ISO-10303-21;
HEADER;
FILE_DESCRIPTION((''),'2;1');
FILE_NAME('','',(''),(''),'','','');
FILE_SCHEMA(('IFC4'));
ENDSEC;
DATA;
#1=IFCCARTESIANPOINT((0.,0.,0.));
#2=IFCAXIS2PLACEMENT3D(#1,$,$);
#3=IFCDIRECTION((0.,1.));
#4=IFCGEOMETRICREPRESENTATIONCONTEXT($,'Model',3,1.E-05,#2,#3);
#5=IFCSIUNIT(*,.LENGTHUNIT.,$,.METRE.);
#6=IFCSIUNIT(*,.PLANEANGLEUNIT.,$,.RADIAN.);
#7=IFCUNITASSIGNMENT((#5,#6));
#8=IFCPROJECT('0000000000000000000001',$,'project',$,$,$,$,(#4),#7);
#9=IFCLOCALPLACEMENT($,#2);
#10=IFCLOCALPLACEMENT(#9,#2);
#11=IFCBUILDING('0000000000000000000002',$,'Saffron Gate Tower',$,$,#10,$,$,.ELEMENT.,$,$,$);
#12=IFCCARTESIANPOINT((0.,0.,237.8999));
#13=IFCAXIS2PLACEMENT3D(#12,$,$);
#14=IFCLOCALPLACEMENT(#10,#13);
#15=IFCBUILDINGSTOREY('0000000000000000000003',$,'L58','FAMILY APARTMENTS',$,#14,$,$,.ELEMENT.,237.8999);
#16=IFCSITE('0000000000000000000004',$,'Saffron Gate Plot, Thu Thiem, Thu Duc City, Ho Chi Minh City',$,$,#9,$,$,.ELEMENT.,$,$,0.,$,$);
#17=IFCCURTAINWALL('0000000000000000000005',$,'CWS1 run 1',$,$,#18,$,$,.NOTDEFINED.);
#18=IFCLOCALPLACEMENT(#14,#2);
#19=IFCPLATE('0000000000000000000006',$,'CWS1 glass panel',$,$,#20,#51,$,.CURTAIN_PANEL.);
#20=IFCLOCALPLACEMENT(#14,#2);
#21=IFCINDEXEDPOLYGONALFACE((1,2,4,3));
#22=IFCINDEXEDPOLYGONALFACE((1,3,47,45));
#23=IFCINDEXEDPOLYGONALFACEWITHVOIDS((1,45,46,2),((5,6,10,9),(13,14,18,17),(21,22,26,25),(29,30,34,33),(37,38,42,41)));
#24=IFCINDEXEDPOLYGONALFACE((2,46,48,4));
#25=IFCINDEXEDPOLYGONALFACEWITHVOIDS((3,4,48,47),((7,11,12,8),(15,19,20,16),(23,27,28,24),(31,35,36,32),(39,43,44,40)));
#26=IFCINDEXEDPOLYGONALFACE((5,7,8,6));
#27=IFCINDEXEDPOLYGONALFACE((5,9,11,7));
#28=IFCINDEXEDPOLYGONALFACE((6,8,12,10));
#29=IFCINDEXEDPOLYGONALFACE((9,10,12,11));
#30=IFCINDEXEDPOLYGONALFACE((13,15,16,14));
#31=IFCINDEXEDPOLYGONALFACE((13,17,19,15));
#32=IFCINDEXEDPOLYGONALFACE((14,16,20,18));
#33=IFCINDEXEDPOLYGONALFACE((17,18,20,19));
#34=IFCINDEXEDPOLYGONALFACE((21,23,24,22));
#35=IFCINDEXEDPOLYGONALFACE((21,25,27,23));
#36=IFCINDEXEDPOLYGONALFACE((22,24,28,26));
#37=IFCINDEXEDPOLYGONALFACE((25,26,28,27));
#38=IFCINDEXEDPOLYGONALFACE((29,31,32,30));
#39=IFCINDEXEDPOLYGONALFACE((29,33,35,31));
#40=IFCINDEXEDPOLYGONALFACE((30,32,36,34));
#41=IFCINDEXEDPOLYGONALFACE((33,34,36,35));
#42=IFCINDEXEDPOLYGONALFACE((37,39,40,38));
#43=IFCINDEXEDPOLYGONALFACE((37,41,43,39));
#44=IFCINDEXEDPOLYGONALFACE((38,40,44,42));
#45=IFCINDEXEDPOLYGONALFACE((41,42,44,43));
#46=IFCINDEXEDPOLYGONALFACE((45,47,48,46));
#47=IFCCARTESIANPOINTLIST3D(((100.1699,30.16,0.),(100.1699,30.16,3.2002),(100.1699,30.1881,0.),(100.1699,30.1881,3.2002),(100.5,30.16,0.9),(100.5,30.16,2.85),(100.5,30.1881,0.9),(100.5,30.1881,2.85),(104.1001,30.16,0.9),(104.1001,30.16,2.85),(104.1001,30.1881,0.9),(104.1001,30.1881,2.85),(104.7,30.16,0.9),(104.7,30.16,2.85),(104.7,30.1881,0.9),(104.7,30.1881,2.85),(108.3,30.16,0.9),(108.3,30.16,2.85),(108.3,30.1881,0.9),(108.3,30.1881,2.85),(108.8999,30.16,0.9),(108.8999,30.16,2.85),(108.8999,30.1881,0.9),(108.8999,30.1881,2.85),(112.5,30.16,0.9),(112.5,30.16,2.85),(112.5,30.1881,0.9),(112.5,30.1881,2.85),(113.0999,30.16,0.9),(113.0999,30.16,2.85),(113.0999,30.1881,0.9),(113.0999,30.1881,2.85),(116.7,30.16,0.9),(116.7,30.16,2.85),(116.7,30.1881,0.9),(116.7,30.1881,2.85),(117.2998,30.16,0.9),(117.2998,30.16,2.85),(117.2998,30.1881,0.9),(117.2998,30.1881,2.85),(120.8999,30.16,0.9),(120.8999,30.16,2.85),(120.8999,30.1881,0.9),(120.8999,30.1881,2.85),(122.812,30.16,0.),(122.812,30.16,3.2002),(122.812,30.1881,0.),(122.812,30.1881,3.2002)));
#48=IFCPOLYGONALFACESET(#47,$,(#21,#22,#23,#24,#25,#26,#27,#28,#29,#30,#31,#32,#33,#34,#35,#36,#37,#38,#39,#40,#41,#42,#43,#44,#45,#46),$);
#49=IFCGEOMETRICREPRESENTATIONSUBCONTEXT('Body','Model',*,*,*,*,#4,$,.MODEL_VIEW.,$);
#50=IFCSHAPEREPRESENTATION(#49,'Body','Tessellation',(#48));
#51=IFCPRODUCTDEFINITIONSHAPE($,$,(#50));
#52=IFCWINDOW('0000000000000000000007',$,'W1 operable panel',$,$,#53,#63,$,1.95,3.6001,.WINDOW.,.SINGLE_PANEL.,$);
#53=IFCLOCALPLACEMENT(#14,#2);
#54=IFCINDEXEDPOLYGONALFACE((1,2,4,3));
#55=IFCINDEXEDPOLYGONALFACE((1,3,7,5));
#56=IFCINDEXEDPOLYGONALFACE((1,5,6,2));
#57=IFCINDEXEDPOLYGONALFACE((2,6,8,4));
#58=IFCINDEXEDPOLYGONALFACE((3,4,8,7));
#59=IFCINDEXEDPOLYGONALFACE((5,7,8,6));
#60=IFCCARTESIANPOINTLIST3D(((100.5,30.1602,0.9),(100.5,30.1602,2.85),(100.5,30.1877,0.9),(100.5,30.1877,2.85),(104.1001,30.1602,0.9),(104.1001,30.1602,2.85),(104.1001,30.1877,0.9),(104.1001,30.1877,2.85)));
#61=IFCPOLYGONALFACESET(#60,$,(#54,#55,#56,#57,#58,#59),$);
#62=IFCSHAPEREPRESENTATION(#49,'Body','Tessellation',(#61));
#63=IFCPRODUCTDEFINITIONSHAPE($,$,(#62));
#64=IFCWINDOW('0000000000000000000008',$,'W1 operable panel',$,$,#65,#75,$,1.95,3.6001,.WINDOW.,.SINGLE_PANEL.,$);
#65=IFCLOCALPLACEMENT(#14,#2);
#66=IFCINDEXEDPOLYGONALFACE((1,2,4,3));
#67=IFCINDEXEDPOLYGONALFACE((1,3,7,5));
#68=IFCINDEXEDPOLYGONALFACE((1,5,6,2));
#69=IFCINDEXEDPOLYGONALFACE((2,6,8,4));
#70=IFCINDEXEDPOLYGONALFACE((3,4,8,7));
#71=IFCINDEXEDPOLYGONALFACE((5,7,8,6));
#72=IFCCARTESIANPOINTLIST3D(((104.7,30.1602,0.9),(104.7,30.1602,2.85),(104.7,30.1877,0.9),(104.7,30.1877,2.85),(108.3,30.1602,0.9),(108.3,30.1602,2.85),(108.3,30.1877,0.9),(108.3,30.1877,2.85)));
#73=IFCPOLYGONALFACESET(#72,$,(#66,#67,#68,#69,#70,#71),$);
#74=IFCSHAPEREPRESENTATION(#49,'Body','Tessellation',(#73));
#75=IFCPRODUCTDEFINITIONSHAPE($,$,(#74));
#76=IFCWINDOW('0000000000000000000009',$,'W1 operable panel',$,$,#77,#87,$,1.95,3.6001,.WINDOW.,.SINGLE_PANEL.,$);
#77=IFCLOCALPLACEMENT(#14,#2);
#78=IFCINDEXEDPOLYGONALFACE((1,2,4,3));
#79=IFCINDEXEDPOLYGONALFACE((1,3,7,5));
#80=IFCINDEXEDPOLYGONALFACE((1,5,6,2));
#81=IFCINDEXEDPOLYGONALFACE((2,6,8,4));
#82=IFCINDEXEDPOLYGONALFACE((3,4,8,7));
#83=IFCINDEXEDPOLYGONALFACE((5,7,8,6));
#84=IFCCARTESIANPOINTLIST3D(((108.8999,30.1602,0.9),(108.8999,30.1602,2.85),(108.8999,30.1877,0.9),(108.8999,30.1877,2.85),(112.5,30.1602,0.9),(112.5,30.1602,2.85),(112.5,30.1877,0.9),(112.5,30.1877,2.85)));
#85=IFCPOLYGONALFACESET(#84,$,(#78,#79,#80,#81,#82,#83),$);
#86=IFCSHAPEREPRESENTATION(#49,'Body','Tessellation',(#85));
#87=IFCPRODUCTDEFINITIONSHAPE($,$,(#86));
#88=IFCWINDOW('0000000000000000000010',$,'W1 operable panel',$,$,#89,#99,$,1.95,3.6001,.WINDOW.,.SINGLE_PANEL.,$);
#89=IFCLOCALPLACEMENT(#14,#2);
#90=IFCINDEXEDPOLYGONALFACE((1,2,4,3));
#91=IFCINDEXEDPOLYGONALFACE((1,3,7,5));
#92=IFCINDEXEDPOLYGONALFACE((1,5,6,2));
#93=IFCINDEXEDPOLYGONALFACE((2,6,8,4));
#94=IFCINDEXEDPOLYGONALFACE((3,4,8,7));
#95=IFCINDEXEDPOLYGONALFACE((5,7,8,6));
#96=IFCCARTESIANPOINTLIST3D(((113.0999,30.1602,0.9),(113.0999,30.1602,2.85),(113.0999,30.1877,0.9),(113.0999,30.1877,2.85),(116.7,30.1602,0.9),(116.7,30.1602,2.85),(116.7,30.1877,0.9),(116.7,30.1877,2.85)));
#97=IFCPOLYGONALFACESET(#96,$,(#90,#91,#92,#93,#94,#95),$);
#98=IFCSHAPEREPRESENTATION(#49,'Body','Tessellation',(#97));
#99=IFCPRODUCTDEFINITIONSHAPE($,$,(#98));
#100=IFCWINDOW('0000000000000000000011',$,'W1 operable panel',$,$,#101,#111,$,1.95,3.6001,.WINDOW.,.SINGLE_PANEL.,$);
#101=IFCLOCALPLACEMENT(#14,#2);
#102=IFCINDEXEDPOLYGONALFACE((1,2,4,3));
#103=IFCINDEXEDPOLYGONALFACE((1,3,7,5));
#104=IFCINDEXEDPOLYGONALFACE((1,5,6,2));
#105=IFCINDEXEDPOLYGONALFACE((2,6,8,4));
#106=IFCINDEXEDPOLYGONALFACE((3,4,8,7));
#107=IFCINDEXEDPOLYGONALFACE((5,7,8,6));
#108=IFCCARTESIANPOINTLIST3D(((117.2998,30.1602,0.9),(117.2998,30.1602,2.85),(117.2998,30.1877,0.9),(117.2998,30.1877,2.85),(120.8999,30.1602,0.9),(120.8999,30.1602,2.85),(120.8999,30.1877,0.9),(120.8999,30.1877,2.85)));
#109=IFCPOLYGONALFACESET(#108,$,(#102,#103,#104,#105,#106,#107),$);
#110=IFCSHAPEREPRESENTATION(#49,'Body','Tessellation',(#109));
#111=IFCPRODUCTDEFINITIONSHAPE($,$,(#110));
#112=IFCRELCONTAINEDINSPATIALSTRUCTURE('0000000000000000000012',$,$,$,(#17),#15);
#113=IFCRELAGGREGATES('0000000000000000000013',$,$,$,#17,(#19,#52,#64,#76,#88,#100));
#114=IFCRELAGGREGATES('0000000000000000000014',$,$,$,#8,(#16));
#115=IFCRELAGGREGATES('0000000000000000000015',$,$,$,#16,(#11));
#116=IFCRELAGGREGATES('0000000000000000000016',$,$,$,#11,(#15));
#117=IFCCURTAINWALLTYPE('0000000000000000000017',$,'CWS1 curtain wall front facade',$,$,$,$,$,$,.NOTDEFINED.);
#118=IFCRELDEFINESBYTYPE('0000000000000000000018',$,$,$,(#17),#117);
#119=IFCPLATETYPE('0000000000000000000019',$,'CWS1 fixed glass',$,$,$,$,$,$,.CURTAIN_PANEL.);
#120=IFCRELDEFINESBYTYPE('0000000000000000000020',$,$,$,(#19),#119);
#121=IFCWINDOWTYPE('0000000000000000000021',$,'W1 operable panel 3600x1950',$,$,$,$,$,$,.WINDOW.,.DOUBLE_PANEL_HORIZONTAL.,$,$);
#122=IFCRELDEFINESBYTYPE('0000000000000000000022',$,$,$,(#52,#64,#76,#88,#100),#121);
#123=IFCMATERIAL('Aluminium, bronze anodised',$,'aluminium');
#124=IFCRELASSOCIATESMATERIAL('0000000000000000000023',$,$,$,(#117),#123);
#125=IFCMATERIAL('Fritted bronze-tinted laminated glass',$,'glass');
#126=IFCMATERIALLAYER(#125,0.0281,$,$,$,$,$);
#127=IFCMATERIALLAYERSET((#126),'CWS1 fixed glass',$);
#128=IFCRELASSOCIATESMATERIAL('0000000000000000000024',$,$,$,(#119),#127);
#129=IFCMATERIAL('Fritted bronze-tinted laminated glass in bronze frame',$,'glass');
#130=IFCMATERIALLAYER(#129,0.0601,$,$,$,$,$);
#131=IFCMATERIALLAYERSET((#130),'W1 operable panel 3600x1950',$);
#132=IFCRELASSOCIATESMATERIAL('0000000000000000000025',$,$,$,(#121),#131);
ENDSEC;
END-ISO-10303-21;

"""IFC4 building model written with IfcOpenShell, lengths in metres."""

from ifc_helpers import new_model, si_unit, direction, frame, frame_2d, origin, place, context, subcontext, project, spatial, rectangle, extrude, material, layer, layer_set, type_object, element, fill, aggregate, save


model = new_model("IFC4")

# Units and contexts
model_context = context("Model", 3, precision=1e-05, world=origin(), true_north=direction((0.0, 1.0)))
body_context = subcontext(model_context, "Body", "Model", "MODEL_VIEW")
ifc_project = project(units=[si_unit("LENGTHUNIT", "METRE"), si_unit("PLANEANGLEUNIT", "RADIAN")], contexts=[model_context])

# Site, building, storey
site_placement = place(None, origin())
site = spatial("IfcSite", under=ifc_project, at=site_placement, Name="Saffron Gate Plot, Thu Thiem, Thu Duc City, Ho Chi Minh City", CompositionType="ELEMENT", RefElevation=0.0)
building_placement = place(site_placement, origin())
building = spatial("IfcBuilding", under=site, at=building_placement, Name="Saffron Gate Tower", CompositionType="ELEMENT")
storey_placement = place(building_placement, frame((0.0, 0.0, 237.8999)))
storey = spatial("IfcBuildingStorey", under=building, at=storey_placement, Name="L58", Description="FAMILY APARTMENTS", CompositionType="ELEMENT", Elevation=237.8999)

# Curtain wall, plate, openings, windows
ifc_material_1 = material(Name="Aluminium, bronze anodised", Category="aluminium")
curtain_wall_type = type_object("IfcCurtainWallType", Name="CWS1 curtain wall front facade", PredefinedType="NOTDEFINED", material=ifc_material_1)
curtain_wall_placement = place(storey_placement, origin())
curtain_wall = element("IfcCurtainWall", 1, at=curtain_wall_placement, inside=storey, type_object=curtain_wall_type, Name="CWS1 run 1", PredefinedType="NOTDEFINED")
ifc_material_2 = material(Name="Fritted bronze-tinted laminated glass", Category="glass")
ifc_layer_1 = layer(ifc_material_2, 0.0281)
ifc_layer_set_1 = layer_set([ifc_layer_1], Name="CWS1 fixed glass")
plate_type = type_object("IfcPlateType", Name="CWS1 fixed glass", PredefinedType="CURTAIN_PANEL", material=ifc_layer_set_1)
plate_placement = place(storey_placement, frame((100.1699, 30.1741, 0.0), z_axis=(0.0, 0.0, 1.0), x_axis=(1.0, 0.0, 0.0)))
plate = element("IfcPlate", 2, at=plate_placement, type_object=plate_type, Name="CWS1 glass panel", PredefinedType="CURTAIN_PANEL", context=body_context, shape_type="SweptSolid", body=[
    extrude(rectangle(XDim=22.6421, YDim=0.0281, at=frame_2d((11.321, 0.0))), origin(), (0.0, 0.0, 1.0), 3.2002),
])
opening_1_placement = place(plate_placement, frame((0.3301, 0.0, 0.8999)))
opening_1 = element("IfcOpeningElement", 3, at=opening_1_placement, cuts=plate, PredefinedType="OPENING", context=body_context, shape_type="SweptSolid", body=[
    extrude(rectangle(XDim=3.6001, YDim=1.95, at=frame_2d((1.8, 0.9751))), frame((0.0, 0.0239, 0.0), z_axis=(0.0, -1.0, 0.0), x_axis=(1.0, 0.0, 0.0)), (0.0, 0.0, 1.0), 0.0481),
])
opening_2_placement = place(plate_placement, frame((4.53, 0.0, 0.8999)))
opening_2 = element("IfcOpeningElement", 4, at=opening_2_placement, cuts=plate, PredefinedType="OPENING", context=body_context, shape_type="SweptSolid", body=[
    extrude(rectangle(XDim=3.6001, YDim=1.95, at=frame_2d((1.8, 0.9751))), frame((0.0, 0.0239, 0.0), z_axis=(0.0, -1.0, 0.0), x_axis=(1.0, 0.0, 0.0)), (0.0, 0.0, 1.0), 0.0481),
])
opening_3_placement = place(plate_placement, frame((8.73, 0.0, 0.8999)))
opening_3 = element("IfcOpeningElement", 5, at=opening_3_placement, cuts=plate, PredefinedType="OPENING", context=body_context, shape_type="SweptSolid", body=[
    extrude(rectangle(XDim=3.6001, YDim=1.95, at=frame_2d((1.8, 0.9751))), frame((0.0, 0.0239, 0.0), z_axis=(0.0, -1.0, 0.0), x_axis=(1.0, 0.0, 0.0)), (0.0, 0.0, 1.0), 0.0481),
])
opening_4_placement = place(plate_placement, frame((12.9299, 0.0, 0.8999)))
opening_4 = element("IfcOpeningElement", 6, at=opening_4_placement, cuts=plate, PredefinedType="OPENING", context=body_context, shape_type="SweptSolid", body=[
    extrude(rectangle(XDim=3.6001, YDim=1.95, at=frame_2d((1.8, 0.9751))), frame((0.0, 0.0239, 0.0), z_axis=(0.0, -1.0, 0.0), x_axis=(1.0, 0.0, 0.0)), (0.0, 0.0, 1.0), 0.0481),
])
opening_5_placement = place(plate_placement, frame((17.1299, 0.0, 0.8999)))
opening_5 = element("IfcOpeningElement", 7, at=opening_5_placement, cuts=plate, PredefinedType="OPENING", context=body_context, shape_type="SweptSolid", body=[
    extrude(rectangle(XDim=3.6001, YDim=1.95, at=frame_2d((1.8, 0.9751))), frame((0.0, 0.0239, 0.0), z_axis=(0.0, -1.0, 0.0), x_axis=(1.0, 0.0, 0.0)), (0.0, 0.0, 1.0), 0.0481),
])
ifc_material_3 = material(Name="Fritted bronze-tinted laminated glass in bronze frame", Category="glass")
ifc_layer_2 = layer(ifc_material_3, 0.0601)
ifc_layer_set_2 = layer_set([ifc_layer_2], Name="W1 operable panel 3600x1950")
window_type = type_object("IfcWindowType", Name="W1 operable panel 3600x1950", PartitioningType="DOUBLE_PANEL_HORIZONTAL", PredefinedType="WINDOW", material=ifc_layer_set_2)
window_1_placement = place(opening_1_placement, origin())
window_1 = element("IfcWindow", 8, at=window_1_placement, type_object=window_type, Name="W1 operable panel", OverallHeight=1.95, OverallWidth=3.6001, PartitioningType="SINGLE_PANEL", PredefinedType="WINDOW", context=body_context, shape_type="SweptSolid", body=[
    extrude(rectangle(XDim=3.6001, YDim=1.95, at=frame_2d((1.8, 0.9751))), frame((0.0, 0.0137, 0.0), z_axis=(0.0, -1.0, 0.0), x_axis=(1.0, 0.0, 0.0)), (0.0, 0.0, 1.0), 0.0276),
])
fill(opening_1, window_1)
window_2_placement = place(opening_2_placement, origin())
window_2 = element("IfcWindow", 9, at=window_2_placement, type_object=window_type, Name="W1 operable panel", OverallHeight=1.95, OverallWidth=3.6001, PartitioningType="SINGLE_PANEL", PredefinedType="WINDOW", context=body_context, shape_type="SweptSolid", body=[
    extrude(rectangle(XDim=3.6001, YDim=1.95, at=frame_2d((1.8, 0.9751))), frame((0.0, 0.0137, 0.0), z_axis=(0.0, -1.0, 0.0), x_axis=(1.0, 0.0, 0.0)), (0.0, 0.0, 1.0), 0.0276),
])
fill(opening_2, window_2)
window_3_placement = place(opening_3_placement, origin())
window_3 = element("IfcWindow", 10, at=window_3_placement, type_object=window_type, Name="W1 operable panel", OverallHeight=1.95, OverallWidth=3.6001, PartitioningType="SINGLE_PANEL", PredefinedType="WINDOW", context=body_context, shape_type="SweptSolid", body=[
    extrude(rectangle(XDim=3.6001, YDim=1.95, at=frame_2d((1.8, 0.9751))), frame((0.0, 0.0137, 0.0), z_axis=(0.0, -1.0, 0.0), x_axis=(1.0, 0.0, 0.0)), (0.0, 0.0, 1.0), 0.0276),
])
fill(opening_3, window_3)
window_4_placement = place(opening_4_placement, origin())
window_4 = element("IfcWindow", 11, at=window_4_placement, type_object=window_type, Name="W1 operable panel", OverallHeight=1.95, OverallWidth=3.6001, PartitioningType="SINGLE_PANEL", PredefinedType="WINDOW", context=body_context, shape_type="SweptSolid", body=[
    extrude(rectangle(XDim=3.6001, YDim=1.95, at=frame_2d((1.8, 0.9751))), frame((0.0, 0.0137, 0.0), z_axis=(0.0, -1.0, 0.0), x_axis=(1.0, 0.0, 0.0)), (0.0, 0.0, 1.0), 0.0276),
])
fill(opening_4, window_4)
window_5_placement = place(opening_5_placement, origin())
window_5 = element("IfcWindow", 12, at=window_5_placement, type_object=window_type, Name="W1 operable panel", OverallHeight=1.95, OverallWidth=3.6001, PartitioningType="SINGLE_PANEL", PredefinedType="WINDOW", context=body_context, shape_type="SweptSolid", body=[
    extrude(rectangle(XDim=3.6001, YDim=1.95, at=frame_2d((1.8, 0.9751))), frame((0.0, 0.0137, 0.0), z_axis=(0.0, -1.0, 0.0), x_axis=(1.0, 0.0, 0.0)), (0.0, 0.0, 1.0), 0.0276),
])
fill(opening_5, window_5)
aggregate(curtain_wall, [plate, window_1, window_2, window_3, window_4, window_5])

save(model, "model.ifc")
